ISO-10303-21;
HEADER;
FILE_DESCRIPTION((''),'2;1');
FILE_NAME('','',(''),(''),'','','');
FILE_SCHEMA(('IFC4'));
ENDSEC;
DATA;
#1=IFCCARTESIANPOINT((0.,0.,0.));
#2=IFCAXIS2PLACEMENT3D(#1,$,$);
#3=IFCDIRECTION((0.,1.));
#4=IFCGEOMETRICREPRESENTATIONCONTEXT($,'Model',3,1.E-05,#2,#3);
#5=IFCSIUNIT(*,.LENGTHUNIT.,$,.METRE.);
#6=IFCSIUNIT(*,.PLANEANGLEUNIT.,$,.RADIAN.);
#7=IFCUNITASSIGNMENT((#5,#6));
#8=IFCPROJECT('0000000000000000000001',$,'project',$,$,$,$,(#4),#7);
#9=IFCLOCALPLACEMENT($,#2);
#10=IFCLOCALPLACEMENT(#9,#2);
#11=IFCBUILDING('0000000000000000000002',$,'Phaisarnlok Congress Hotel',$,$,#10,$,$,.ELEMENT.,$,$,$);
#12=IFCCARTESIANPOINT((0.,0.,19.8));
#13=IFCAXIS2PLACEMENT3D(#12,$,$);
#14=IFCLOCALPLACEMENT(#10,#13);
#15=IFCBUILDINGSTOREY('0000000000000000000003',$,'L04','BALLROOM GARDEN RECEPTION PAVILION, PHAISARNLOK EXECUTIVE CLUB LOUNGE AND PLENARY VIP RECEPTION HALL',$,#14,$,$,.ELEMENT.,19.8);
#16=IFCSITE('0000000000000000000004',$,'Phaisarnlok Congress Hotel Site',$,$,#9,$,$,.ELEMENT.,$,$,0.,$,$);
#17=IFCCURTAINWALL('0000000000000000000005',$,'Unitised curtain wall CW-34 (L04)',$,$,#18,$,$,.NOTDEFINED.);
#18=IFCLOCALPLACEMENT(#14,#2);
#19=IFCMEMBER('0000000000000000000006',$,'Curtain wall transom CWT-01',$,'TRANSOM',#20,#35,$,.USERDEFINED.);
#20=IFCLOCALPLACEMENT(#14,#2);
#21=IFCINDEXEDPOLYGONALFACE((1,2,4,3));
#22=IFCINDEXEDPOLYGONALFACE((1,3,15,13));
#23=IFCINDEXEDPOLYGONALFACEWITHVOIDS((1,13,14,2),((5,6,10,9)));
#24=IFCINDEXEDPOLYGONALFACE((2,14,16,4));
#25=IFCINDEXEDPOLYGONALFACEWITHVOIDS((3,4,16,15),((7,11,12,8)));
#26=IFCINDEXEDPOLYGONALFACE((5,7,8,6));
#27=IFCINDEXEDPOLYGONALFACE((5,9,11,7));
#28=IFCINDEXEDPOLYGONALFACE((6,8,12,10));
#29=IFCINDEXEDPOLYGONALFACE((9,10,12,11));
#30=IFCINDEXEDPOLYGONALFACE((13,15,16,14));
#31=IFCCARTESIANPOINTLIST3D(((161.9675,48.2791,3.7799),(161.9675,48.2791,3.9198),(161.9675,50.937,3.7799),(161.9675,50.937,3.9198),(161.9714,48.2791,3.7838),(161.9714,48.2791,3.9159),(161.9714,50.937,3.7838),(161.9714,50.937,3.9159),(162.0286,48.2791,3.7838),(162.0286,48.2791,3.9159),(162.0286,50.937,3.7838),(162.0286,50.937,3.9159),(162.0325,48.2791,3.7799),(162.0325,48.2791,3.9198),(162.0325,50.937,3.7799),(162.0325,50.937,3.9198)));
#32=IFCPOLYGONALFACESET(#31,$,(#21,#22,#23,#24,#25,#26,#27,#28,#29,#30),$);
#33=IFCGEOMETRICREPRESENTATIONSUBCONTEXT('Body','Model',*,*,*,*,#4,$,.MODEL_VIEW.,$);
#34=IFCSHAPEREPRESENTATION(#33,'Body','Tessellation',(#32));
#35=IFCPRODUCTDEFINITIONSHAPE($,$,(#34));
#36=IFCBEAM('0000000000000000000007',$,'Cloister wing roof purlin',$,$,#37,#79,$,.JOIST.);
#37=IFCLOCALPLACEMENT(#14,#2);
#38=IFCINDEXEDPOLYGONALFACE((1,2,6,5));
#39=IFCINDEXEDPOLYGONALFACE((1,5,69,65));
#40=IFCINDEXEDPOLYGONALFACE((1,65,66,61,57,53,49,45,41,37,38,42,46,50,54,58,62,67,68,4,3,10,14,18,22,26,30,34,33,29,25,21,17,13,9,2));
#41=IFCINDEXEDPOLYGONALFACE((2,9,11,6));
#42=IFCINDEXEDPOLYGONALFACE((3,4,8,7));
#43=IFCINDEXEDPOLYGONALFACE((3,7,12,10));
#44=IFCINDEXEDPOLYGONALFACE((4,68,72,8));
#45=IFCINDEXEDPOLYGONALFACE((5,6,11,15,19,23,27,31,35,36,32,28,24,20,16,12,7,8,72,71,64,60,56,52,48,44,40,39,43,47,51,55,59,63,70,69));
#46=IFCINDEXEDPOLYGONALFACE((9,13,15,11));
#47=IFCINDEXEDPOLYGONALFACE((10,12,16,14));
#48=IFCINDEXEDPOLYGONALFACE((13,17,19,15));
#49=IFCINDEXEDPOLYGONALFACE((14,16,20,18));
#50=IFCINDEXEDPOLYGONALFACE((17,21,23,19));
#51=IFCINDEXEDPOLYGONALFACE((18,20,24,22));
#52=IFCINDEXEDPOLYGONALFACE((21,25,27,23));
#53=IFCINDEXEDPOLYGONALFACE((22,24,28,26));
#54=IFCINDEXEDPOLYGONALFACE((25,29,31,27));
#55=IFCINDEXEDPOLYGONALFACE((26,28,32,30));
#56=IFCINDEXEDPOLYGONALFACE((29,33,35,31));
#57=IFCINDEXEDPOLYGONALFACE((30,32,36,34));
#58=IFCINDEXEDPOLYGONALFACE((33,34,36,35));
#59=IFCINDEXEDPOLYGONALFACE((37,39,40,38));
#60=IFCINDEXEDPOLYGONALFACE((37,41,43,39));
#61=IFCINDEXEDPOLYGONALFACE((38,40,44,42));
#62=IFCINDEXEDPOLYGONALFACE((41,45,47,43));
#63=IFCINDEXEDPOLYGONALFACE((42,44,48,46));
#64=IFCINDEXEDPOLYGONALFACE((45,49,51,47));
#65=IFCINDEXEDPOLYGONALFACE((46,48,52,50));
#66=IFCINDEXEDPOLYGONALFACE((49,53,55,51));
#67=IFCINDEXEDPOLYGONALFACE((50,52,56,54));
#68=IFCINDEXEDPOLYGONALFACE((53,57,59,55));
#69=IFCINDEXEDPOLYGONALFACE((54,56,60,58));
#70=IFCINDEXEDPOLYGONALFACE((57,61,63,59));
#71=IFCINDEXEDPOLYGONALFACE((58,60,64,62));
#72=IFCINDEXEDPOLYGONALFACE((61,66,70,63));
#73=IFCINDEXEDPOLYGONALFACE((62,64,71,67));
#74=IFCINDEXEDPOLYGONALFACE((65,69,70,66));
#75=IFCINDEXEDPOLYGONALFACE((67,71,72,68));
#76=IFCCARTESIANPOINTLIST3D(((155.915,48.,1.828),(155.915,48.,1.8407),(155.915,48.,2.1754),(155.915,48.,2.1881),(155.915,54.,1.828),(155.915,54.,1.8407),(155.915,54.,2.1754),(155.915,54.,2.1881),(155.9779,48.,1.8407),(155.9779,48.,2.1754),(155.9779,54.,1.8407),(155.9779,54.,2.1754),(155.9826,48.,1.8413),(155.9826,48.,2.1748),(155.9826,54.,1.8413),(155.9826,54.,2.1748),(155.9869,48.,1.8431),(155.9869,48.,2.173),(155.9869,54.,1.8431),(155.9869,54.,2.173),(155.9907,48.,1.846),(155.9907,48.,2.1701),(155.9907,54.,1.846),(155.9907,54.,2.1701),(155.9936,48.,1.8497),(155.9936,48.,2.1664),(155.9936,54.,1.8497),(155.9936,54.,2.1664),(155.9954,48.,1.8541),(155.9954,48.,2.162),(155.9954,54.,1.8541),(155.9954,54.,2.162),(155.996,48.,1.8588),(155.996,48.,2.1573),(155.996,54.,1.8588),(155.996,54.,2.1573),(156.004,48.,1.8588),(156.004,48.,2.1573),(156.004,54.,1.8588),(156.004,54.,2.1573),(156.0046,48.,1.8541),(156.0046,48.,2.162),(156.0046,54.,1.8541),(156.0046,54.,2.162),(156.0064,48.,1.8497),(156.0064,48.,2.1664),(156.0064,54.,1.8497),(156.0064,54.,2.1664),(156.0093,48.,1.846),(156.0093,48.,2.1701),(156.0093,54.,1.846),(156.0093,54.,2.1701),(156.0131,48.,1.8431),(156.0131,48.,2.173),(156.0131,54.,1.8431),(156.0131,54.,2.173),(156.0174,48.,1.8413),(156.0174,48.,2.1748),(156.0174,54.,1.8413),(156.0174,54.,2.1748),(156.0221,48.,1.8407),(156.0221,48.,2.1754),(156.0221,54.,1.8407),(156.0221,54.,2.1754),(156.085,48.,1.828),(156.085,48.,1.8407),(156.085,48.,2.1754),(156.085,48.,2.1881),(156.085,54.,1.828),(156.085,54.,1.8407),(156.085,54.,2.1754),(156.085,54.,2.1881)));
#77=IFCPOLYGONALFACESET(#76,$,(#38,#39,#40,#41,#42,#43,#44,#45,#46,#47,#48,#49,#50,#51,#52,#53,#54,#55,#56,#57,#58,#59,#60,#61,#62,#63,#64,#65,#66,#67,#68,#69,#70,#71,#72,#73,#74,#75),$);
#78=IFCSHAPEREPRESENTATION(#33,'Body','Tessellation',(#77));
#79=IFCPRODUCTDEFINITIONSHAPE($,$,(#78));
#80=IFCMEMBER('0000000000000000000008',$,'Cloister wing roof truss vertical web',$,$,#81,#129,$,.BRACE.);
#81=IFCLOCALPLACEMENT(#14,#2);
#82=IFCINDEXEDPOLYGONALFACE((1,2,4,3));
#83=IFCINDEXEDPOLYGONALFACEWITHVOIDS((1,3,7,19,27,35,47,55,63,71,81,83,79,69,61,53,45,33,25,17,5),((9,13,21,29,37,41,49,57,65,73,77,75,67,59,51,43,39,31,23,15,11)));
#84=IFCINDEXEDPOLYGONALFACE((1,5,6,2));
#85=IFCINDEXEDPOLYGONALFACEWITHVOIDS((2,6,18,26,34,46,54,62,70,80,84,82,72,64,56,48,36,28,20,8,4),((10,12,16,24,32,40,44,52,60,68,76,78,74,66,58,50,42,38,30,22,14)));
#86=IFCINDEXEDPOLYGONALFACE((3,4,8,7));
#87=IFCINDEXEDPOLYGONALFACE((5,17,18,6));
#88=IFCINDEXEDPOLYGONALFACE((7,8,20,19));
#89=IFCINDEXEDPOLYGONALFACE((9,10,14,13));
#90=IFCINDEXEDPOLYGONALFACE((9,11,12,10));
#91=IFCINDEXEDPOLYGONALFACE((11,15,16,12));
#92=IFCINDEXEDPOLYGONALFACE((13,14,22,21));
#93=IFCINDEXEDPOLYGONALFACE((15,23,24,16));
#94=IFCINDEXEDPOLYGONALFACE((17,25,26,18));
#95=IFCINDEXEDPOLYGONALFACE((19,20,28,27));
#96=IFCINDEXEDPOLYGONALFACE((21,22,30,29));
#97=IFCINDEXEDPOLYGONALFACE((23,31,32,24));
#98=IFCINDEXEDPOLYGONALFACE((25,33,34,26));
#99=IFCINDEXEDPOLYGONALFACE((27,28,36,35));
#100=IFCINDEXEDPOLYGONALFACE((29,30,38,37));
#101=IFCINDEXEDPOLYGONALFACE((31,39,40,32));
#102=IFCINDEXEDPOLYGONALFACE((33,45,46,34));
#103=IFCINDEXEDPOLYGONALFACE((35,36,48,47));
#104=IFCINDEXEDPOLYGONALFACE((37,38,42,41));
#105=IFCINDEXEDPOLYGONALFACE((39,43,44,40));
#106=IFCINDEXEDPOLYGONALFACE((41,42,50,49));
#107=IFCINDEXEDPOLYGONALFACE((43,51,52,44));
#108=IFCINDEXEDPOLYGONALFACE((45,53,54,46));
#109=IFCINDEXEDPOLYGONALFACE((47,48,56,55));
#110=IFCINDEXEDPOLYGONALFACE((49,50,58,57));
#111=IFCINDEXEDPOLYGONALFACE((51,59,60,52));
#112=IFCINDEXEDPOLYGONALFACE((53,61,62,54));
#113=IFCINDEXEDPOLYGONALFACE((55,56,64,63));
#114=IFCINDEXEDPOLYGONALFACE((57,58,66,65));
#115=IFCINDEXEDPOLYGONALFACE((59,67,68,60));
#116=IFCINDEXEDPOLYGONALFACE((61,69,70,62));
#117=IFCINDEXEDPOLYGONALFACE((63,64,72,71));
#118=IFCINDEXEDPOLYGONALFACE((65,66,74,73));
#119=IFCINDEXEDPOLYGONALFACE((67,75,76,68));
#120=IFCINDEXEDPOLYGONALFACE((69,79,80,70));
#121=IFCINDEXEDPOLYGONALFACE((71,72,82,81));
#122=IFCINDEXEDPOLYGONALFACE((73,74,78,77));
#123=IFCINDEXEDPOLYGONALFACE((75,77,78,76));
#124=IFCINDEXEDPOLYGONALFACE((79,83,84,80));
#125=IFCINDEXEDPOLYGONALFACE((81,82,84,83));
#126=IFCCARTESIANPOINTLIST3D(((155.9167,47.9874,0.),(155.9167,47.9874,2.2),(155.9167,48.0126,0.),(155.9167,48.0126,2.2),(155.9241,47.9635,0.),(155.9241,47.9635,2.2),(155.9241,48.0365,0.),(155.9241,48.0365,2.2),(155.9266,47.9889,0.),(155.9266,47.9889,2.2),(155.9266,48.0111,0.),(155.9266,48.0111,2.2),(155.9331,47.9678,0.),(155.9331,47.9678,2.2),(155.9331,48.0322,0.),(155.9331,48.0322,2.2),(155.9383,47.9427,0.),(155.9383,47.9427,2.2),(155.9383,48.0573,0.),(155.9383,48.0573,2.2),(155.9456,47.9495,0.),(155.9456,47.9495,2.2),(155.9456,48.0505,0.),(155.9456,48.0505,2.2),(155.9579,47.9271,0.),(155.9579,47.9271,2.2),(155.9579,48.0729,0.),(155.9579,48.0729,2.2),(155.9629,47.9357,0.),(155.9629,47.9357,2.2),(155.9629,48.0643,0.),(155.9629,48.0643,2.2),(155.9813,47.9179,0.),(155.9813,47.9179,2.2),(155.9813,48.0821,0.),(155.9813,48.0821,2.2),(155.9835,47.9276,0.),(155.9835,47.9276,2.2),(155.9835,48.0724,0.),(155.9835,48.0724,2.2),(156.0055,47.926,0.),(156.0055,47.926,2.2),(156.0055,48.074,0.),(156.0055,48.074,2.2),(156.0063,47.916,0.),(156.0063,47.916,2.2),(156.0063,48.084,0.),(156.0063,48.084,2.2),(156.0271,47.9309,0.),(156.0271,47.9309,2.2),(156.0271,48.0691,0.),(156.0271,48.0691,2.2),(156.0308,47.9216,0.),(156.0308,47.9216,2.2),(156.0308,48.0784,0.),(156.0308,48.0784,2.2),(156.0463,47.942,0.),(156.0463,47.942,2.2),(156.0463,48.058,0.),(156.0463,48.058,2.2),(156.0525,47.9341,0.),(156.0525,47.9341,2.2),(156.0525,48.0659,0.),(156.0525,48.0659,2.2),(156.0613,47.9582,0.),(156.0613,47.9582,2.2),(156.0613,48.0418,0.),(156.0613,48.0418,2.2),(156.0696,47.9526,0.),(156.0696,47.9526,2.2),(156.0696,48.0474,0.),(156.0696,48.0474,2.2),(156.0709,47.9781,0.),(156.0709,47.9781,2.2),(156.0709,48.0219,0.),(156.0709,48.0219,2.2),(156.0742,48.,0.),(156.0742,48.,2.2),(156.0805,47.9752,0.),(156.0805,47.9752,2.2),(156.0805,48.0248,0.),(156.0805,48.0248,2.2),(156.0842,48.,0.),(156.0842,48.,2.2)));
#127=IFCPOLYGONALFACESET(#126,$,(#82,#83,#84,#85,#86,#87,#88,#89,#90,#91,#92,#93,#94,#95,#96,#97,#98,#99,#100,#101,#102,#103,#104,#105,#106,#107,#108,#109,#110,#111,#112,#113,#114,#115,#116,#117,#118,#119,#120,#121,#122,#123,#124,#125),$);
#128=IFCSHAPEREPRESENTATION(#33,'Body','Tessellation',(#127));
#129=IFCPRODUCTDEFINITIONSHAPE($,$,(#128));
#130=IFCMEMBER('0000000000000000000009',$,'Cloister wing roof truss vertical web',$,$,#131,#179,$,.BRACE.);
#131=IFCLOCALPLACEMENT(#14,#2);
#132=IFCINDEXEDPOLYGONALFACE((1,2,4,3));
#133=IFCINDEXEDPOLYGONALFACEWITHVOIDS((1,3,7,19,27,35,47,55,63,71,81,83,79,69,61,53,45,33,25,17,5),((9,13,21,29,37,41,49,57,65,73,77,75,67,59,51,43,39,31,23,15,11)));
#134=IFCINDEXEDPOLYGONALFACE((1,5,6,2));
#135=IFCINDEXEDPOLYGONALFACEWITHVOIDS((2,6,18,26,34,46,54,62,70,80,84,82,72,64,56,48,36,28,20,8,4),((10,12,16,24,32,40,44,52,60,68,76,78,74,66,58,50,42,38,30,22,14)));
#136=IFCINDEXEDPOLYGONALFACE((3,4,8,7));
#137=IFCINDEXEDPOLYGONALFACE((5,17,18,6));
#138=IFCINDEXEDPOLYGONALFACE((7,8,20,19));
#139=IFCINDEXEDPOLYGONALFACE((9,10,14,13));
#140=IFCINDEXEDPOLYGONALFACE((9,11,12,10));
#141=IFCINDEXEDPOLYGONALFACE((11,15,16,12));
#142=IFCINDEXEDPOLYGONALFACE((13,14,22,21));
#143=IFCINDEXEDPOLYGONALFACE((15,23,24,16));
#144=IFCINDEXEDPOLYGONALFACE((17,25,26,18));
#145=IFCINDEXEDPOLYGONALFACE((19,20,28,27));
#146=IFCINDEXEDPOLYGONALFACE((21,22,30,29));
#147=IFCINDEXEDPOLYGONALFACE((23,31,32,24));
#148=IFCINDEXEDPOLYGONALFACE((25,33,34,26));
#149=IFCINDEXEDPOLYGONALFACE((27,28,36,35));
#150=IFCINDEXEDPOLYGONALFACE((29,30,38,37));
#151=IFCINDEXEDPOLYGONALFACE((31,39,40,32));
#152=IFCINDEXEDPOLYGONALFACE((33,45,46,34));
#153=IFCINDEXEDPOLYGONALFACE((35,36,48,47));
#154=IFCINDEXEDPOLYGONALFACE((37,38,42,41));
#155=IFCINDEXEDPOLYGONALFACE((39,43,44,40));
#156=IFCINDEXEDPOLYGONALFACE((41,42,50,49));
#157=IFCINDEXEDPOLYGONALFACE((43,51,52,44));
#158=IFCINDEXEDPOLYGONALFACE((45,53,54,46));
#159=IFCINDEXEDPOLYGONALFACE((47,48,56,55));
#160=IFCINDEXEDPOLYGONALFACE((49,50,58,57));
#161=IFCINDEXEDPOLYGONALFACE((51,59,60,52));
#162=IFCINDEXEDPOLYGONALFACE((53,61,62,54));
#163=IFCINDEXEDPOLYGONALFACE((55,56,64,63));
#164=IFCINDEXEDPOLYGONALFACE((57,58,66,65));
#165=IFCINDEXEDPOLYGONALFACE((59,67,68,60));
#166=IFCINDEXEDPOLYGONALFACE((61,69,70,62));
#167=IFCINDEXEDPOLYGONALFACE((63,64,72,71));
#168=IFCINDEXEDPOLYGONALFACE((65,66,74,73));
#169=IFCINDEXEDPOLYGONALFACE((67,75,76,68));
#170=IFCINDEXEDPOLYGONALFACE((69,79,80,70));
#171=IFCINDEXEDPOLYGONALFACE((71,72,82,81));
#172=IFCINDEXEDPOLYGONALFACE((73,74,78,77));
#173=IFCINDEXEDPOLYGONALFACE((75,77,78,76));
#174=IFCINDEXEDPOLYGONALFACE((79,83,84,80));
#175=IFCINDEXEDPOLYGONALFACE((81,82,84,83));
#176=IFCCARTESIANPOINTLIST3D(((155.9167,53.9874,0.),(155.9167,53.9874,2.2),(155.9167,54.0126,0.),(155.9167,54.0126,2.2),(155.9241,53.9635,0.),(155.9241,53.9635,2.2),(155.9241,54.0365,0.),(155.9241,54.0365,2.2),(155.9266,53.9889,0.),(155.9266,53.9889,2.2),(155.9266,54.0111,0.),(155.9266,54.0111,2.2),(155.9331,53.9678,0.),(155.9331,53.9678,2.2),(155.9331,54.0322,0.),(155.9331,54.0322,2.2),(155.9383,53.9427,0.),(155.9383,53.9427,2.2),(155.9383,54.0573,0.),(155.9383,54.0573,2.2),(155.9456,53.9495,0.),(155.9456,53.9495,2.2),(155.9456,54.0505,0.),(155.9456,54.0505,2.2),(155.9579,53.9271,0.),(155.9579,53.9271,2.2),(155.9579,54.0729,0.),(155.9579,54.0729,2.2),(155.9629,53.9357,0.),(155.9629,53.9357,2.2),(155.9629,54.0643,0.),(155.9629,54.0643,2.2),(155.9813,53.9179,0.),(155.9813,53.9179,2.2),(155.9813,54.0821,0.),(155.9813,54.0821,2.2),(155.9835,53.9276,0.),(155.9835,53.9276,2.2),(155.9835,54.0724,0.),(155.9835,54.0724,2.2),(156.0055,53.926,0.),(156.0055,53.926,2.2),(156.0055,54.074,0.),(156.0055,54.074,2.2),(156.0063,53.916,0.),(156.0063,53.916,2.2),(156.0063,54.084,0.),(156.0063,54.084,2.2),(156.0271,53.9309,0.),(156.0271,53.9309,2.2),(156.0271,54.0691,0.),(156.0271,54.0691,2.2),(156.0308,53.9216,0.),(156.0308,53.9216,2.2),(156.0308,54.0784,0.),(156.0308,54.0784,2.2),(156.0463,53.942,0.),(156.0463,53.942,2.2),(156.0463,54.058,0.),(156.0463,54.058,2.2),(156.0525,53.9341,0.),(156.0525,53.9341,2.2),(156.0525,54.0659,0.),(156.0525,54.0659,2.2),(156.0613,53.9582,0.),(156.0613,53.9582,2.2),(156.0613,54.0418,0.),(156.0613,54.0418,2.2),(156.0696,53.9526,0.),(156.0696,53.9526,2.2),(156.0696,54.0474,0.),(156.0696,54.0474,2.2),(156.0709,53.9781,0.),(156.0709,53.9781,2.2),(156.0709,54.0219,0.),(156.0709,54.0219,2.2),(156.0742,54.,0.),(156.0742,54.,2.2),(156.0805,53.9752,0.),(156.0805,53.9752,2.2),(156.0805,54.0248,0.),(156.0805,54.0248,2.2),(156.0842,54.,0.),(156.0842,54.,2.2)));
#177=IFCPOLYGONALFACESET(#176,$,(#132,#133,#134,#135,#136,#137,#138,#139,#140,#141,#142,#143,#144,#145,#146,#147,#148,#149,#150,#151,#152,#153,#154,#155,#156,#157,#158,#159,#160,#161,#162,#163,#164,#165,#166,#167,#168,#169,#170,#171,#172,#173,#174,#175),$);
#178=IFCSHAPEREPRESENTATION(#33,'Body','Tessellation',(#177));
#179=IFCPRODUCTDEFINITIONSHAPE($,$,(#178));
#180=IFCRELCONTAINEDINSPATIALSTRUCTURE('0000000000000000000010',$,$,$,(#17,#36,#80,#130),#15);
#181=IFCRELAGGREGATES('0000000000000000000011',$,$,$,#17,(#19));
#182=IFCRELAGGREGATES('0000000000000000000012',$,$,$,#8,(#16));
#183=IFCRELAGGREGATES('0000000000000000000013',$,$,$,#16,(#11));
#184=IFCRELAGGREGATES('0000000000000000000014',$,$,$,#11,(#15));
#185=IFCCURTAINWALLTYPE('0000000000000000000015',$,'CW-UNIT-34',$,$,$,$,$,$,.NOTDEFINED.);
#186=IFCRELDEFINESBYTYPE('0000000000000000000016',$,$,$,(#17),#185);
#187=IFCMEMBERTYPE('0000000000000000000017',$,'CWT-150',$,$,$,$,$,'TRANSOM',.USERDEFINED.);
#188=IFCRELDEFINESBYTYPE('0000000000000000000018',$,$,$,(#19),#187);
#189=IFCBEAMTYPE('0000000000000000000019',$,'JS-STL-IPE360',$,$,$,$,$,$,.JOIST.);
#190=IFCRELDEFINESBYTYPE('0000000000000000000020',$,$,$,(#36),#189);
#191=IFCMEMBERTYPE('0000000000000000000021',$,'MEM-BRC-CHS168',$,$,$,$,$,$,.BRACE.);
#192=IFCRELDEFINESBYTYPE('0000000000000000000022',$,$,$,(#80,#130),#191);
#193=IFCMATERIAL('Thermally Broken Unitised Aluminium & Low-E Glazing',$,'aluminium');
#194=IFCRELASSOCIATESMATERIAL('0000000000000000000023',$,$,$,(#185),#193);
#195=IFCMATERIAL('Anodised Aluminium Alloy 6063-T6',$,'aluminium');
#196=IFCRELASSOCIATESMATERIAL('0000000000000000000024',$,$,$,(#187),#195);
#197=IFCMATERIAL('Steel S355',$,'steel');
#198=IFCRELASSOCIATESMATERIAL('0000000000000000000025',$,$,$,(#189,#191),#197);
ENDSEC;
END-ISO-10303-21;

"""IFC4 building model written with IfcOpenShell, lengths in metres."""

from ifc_helpers import new_model, si_unit, direction, frame, origin, origin_2d, place, context, subcontext, project, spatial, hollow_rectangle, hollow_circle, i_section, extrude, material, material_profile, profile_set, type_object, element, aggregate, save


model = new_model("IFC4")

# Units and contexts
model_context = context("Model", 3, precision=1e-05, world=origin(), true_north=direction((0.0, 1.0)))
body_context = subcontext(model_context, "Body", "Model", "MODEL_VIEW")
ifc_project = project(units=[si_unit("LENGTHUNIT", "METRE"), si_unit("PLANEANGLEUNIT", "RADIAN")], contexts=[model_context])

# Site, building, storey
site_placement = place(None, origin())
site = spatial("IfcSite", under=ifc_project, at=site_placement, Name="Phaisarnlok Congress Hotel Site", CompositionType="ELEMENT", RefElevation=0.0)
building_placement = place(site_placement, origin())
building = spatial("IfcBuilding", under=site, at=building_placement, Name="Phaisarnlok Congress Hotel", CompositionType="ELEMENT")
storey_placement = place(building_placement, frame((0.0, 0.0, 19.8)))
storey = spatial("IfcBuildingStorey", under=building, at=storey_placement, Name="L04", Description="BALLROOM GARDEN RECEPTION PAVILION, PHAISARNLOK EXECUTIVE CLUB LOUNGE AND PLENARY VIP RECEPTION HALL", CompositionType="ELEMENT", Elevation=19.8)

# Shared definitions
ifc_material_1 = material(Name="Steel S355", Category="steel")

# Curtain wall, member
ifc_material_2 = material(Name="Thermally Broken Unitised Aluminium & Low-E Glazing", Category="aluminium")
curtain_wall_type = type_object("IfcCurtainWallType", Name="CW-UNIT-34", PredefinedType="NOTDEFINED", material=ifc_material_2)
curtain_wall_placement = place(storey_placement, origin())
curtain_wall = element("IfcCurtainWall", 1, at=curtain_wall_placement, inside=storey, type_object=curtain_wall_type, Name="Unitised curtain wall CW-34 (L04)", PredefinedType="NOTDEFINED")
ifc_material_3 = material(Name="Anodised Aluminium Alloy 6063-T6", Category="aluminium")
ifc_material_profile_1 = material_profile(ifc_material_3, hollow_rectangle(XDim=0.0649, YDim=0.1399, WallThickness=0.0039, at=origin_2d()), Name="ALU-T 65x140x4")
ifc_profile_set_1 = profile_set([ifc_material_profile_1], Name="Anodised Aluminium Alloy 6063-T6")
member_type_1 = type_object("IfcMemberType", Name="CWT-150", ElementType="TRANSOM", PredefinedType="USERDEFINED", material=ifc_profile_set_1)
member_1_placement = place(storey_placement, frame((162.0, 50.937, 3.8499), z_axis=(0.0, -1.0, 0.0), x_axis=(1.0, 0.0, 0.0)))
member_1 = element("IfcMember", 2, at=member_1_placement, type_object=member_type_1, Name="Curtain wall transom CWT-01", ObjectType="TRANSOM", PredefinedType="USERDEFINED", context=body_context, shape_type="SweptSolid", body=[
    extrude(hollow_rectangle(XDim=0.0649, YDim=0.1399, WallThickness=0.0039, at=origin_2d()), origin(), (0.0, 0.0, 1.0), 2.658),
])

# Beam
ifc_material_profile_2 = material_profile(ifc_material_1, i_section(OverallWidth=0.1699, OverallDepth=0.3601, WebThickness=0.0081, FlangeThickness=0.0127, FilletRadius=0.0181, at=origin_2d()), Name="IPE 360")
ifc_profile_set_2 = profile_set([ifc_material_profile_2], Name="Steel S355")
beam_type_1 = type_object("IfcBeamType", Name="JS-STL-IPE360", PredefinedType="JOIST", material=ifc_profile_set_2)
beam_1_placement = place(storey_placement, frame((156.0, 48.0, 2.0081), z_axis=(0.0, 1.0, 0.0), x_axis=(-1.0, 0.0, 0.0)))
element("IfcBeam", 3, at=beam_1_placement, inside=storey, type_object=beam_type_1, Name="Cloister wing roof purlin", PredefinedType="JOIST", context=body_context, shape_type="SweptSolid", body=[
    extrude(i_section(OverallWidth=0.1699, OverallDepth=0.3601, WebThickness=0.0081, FlangeThickness=0.0127, FilletRadius=0.0181, at=origin_2d()), origin(), (0.0, 0.0, 1.0), 6.0),
])

# Members
ifc_material_profile_3 = material_profile(ifc_material_1, hollow_circle(Radius=0.0842, WallThickness=0.01, at=origin_2d()), Name="CHS 168.3x10")
ifc_profile_set_3 = profile_set([ifc_material_profile_3], Name="Steel S355")
member_type_2 = type_object("IfcMemberType", Name="MEM-BRC-CHS168", PredefinedType="BRACE", material=ifc_profile_set_3)
for number, where, z_axis, x_axis, name in (
    (4, (156.0, 48.0, 0.0), (0.0, 0.0, 1.0), (1.0, 0.0, 0.0), "Cloister wing roof truss vertical web"),
    (5, (156.0, 54.0, 0.0), (0.0, 0.0, 1.0), (1.0, 0.0, 0.0), "Cloister wing roof truss vertical web"),
):
    element("IfcMember", number, at=place(storey_placement, frame(where, z_axis=z_axis, x_axis=x_axis)), inside=storey, type_object=member_type_2, Name=name, PredefinedType="BRACE", context=body_context, shape_type="SweptSolid", body=[
        extrude(hollow_circle(Radius=0.0842, WallThickness=0.01, at=origin_2d()), origin(), (0.0, 0.0, 1.0), 2.2),
    ])

aggregate(curtain_wall, [member_1])

save(model, "model.ifc")
